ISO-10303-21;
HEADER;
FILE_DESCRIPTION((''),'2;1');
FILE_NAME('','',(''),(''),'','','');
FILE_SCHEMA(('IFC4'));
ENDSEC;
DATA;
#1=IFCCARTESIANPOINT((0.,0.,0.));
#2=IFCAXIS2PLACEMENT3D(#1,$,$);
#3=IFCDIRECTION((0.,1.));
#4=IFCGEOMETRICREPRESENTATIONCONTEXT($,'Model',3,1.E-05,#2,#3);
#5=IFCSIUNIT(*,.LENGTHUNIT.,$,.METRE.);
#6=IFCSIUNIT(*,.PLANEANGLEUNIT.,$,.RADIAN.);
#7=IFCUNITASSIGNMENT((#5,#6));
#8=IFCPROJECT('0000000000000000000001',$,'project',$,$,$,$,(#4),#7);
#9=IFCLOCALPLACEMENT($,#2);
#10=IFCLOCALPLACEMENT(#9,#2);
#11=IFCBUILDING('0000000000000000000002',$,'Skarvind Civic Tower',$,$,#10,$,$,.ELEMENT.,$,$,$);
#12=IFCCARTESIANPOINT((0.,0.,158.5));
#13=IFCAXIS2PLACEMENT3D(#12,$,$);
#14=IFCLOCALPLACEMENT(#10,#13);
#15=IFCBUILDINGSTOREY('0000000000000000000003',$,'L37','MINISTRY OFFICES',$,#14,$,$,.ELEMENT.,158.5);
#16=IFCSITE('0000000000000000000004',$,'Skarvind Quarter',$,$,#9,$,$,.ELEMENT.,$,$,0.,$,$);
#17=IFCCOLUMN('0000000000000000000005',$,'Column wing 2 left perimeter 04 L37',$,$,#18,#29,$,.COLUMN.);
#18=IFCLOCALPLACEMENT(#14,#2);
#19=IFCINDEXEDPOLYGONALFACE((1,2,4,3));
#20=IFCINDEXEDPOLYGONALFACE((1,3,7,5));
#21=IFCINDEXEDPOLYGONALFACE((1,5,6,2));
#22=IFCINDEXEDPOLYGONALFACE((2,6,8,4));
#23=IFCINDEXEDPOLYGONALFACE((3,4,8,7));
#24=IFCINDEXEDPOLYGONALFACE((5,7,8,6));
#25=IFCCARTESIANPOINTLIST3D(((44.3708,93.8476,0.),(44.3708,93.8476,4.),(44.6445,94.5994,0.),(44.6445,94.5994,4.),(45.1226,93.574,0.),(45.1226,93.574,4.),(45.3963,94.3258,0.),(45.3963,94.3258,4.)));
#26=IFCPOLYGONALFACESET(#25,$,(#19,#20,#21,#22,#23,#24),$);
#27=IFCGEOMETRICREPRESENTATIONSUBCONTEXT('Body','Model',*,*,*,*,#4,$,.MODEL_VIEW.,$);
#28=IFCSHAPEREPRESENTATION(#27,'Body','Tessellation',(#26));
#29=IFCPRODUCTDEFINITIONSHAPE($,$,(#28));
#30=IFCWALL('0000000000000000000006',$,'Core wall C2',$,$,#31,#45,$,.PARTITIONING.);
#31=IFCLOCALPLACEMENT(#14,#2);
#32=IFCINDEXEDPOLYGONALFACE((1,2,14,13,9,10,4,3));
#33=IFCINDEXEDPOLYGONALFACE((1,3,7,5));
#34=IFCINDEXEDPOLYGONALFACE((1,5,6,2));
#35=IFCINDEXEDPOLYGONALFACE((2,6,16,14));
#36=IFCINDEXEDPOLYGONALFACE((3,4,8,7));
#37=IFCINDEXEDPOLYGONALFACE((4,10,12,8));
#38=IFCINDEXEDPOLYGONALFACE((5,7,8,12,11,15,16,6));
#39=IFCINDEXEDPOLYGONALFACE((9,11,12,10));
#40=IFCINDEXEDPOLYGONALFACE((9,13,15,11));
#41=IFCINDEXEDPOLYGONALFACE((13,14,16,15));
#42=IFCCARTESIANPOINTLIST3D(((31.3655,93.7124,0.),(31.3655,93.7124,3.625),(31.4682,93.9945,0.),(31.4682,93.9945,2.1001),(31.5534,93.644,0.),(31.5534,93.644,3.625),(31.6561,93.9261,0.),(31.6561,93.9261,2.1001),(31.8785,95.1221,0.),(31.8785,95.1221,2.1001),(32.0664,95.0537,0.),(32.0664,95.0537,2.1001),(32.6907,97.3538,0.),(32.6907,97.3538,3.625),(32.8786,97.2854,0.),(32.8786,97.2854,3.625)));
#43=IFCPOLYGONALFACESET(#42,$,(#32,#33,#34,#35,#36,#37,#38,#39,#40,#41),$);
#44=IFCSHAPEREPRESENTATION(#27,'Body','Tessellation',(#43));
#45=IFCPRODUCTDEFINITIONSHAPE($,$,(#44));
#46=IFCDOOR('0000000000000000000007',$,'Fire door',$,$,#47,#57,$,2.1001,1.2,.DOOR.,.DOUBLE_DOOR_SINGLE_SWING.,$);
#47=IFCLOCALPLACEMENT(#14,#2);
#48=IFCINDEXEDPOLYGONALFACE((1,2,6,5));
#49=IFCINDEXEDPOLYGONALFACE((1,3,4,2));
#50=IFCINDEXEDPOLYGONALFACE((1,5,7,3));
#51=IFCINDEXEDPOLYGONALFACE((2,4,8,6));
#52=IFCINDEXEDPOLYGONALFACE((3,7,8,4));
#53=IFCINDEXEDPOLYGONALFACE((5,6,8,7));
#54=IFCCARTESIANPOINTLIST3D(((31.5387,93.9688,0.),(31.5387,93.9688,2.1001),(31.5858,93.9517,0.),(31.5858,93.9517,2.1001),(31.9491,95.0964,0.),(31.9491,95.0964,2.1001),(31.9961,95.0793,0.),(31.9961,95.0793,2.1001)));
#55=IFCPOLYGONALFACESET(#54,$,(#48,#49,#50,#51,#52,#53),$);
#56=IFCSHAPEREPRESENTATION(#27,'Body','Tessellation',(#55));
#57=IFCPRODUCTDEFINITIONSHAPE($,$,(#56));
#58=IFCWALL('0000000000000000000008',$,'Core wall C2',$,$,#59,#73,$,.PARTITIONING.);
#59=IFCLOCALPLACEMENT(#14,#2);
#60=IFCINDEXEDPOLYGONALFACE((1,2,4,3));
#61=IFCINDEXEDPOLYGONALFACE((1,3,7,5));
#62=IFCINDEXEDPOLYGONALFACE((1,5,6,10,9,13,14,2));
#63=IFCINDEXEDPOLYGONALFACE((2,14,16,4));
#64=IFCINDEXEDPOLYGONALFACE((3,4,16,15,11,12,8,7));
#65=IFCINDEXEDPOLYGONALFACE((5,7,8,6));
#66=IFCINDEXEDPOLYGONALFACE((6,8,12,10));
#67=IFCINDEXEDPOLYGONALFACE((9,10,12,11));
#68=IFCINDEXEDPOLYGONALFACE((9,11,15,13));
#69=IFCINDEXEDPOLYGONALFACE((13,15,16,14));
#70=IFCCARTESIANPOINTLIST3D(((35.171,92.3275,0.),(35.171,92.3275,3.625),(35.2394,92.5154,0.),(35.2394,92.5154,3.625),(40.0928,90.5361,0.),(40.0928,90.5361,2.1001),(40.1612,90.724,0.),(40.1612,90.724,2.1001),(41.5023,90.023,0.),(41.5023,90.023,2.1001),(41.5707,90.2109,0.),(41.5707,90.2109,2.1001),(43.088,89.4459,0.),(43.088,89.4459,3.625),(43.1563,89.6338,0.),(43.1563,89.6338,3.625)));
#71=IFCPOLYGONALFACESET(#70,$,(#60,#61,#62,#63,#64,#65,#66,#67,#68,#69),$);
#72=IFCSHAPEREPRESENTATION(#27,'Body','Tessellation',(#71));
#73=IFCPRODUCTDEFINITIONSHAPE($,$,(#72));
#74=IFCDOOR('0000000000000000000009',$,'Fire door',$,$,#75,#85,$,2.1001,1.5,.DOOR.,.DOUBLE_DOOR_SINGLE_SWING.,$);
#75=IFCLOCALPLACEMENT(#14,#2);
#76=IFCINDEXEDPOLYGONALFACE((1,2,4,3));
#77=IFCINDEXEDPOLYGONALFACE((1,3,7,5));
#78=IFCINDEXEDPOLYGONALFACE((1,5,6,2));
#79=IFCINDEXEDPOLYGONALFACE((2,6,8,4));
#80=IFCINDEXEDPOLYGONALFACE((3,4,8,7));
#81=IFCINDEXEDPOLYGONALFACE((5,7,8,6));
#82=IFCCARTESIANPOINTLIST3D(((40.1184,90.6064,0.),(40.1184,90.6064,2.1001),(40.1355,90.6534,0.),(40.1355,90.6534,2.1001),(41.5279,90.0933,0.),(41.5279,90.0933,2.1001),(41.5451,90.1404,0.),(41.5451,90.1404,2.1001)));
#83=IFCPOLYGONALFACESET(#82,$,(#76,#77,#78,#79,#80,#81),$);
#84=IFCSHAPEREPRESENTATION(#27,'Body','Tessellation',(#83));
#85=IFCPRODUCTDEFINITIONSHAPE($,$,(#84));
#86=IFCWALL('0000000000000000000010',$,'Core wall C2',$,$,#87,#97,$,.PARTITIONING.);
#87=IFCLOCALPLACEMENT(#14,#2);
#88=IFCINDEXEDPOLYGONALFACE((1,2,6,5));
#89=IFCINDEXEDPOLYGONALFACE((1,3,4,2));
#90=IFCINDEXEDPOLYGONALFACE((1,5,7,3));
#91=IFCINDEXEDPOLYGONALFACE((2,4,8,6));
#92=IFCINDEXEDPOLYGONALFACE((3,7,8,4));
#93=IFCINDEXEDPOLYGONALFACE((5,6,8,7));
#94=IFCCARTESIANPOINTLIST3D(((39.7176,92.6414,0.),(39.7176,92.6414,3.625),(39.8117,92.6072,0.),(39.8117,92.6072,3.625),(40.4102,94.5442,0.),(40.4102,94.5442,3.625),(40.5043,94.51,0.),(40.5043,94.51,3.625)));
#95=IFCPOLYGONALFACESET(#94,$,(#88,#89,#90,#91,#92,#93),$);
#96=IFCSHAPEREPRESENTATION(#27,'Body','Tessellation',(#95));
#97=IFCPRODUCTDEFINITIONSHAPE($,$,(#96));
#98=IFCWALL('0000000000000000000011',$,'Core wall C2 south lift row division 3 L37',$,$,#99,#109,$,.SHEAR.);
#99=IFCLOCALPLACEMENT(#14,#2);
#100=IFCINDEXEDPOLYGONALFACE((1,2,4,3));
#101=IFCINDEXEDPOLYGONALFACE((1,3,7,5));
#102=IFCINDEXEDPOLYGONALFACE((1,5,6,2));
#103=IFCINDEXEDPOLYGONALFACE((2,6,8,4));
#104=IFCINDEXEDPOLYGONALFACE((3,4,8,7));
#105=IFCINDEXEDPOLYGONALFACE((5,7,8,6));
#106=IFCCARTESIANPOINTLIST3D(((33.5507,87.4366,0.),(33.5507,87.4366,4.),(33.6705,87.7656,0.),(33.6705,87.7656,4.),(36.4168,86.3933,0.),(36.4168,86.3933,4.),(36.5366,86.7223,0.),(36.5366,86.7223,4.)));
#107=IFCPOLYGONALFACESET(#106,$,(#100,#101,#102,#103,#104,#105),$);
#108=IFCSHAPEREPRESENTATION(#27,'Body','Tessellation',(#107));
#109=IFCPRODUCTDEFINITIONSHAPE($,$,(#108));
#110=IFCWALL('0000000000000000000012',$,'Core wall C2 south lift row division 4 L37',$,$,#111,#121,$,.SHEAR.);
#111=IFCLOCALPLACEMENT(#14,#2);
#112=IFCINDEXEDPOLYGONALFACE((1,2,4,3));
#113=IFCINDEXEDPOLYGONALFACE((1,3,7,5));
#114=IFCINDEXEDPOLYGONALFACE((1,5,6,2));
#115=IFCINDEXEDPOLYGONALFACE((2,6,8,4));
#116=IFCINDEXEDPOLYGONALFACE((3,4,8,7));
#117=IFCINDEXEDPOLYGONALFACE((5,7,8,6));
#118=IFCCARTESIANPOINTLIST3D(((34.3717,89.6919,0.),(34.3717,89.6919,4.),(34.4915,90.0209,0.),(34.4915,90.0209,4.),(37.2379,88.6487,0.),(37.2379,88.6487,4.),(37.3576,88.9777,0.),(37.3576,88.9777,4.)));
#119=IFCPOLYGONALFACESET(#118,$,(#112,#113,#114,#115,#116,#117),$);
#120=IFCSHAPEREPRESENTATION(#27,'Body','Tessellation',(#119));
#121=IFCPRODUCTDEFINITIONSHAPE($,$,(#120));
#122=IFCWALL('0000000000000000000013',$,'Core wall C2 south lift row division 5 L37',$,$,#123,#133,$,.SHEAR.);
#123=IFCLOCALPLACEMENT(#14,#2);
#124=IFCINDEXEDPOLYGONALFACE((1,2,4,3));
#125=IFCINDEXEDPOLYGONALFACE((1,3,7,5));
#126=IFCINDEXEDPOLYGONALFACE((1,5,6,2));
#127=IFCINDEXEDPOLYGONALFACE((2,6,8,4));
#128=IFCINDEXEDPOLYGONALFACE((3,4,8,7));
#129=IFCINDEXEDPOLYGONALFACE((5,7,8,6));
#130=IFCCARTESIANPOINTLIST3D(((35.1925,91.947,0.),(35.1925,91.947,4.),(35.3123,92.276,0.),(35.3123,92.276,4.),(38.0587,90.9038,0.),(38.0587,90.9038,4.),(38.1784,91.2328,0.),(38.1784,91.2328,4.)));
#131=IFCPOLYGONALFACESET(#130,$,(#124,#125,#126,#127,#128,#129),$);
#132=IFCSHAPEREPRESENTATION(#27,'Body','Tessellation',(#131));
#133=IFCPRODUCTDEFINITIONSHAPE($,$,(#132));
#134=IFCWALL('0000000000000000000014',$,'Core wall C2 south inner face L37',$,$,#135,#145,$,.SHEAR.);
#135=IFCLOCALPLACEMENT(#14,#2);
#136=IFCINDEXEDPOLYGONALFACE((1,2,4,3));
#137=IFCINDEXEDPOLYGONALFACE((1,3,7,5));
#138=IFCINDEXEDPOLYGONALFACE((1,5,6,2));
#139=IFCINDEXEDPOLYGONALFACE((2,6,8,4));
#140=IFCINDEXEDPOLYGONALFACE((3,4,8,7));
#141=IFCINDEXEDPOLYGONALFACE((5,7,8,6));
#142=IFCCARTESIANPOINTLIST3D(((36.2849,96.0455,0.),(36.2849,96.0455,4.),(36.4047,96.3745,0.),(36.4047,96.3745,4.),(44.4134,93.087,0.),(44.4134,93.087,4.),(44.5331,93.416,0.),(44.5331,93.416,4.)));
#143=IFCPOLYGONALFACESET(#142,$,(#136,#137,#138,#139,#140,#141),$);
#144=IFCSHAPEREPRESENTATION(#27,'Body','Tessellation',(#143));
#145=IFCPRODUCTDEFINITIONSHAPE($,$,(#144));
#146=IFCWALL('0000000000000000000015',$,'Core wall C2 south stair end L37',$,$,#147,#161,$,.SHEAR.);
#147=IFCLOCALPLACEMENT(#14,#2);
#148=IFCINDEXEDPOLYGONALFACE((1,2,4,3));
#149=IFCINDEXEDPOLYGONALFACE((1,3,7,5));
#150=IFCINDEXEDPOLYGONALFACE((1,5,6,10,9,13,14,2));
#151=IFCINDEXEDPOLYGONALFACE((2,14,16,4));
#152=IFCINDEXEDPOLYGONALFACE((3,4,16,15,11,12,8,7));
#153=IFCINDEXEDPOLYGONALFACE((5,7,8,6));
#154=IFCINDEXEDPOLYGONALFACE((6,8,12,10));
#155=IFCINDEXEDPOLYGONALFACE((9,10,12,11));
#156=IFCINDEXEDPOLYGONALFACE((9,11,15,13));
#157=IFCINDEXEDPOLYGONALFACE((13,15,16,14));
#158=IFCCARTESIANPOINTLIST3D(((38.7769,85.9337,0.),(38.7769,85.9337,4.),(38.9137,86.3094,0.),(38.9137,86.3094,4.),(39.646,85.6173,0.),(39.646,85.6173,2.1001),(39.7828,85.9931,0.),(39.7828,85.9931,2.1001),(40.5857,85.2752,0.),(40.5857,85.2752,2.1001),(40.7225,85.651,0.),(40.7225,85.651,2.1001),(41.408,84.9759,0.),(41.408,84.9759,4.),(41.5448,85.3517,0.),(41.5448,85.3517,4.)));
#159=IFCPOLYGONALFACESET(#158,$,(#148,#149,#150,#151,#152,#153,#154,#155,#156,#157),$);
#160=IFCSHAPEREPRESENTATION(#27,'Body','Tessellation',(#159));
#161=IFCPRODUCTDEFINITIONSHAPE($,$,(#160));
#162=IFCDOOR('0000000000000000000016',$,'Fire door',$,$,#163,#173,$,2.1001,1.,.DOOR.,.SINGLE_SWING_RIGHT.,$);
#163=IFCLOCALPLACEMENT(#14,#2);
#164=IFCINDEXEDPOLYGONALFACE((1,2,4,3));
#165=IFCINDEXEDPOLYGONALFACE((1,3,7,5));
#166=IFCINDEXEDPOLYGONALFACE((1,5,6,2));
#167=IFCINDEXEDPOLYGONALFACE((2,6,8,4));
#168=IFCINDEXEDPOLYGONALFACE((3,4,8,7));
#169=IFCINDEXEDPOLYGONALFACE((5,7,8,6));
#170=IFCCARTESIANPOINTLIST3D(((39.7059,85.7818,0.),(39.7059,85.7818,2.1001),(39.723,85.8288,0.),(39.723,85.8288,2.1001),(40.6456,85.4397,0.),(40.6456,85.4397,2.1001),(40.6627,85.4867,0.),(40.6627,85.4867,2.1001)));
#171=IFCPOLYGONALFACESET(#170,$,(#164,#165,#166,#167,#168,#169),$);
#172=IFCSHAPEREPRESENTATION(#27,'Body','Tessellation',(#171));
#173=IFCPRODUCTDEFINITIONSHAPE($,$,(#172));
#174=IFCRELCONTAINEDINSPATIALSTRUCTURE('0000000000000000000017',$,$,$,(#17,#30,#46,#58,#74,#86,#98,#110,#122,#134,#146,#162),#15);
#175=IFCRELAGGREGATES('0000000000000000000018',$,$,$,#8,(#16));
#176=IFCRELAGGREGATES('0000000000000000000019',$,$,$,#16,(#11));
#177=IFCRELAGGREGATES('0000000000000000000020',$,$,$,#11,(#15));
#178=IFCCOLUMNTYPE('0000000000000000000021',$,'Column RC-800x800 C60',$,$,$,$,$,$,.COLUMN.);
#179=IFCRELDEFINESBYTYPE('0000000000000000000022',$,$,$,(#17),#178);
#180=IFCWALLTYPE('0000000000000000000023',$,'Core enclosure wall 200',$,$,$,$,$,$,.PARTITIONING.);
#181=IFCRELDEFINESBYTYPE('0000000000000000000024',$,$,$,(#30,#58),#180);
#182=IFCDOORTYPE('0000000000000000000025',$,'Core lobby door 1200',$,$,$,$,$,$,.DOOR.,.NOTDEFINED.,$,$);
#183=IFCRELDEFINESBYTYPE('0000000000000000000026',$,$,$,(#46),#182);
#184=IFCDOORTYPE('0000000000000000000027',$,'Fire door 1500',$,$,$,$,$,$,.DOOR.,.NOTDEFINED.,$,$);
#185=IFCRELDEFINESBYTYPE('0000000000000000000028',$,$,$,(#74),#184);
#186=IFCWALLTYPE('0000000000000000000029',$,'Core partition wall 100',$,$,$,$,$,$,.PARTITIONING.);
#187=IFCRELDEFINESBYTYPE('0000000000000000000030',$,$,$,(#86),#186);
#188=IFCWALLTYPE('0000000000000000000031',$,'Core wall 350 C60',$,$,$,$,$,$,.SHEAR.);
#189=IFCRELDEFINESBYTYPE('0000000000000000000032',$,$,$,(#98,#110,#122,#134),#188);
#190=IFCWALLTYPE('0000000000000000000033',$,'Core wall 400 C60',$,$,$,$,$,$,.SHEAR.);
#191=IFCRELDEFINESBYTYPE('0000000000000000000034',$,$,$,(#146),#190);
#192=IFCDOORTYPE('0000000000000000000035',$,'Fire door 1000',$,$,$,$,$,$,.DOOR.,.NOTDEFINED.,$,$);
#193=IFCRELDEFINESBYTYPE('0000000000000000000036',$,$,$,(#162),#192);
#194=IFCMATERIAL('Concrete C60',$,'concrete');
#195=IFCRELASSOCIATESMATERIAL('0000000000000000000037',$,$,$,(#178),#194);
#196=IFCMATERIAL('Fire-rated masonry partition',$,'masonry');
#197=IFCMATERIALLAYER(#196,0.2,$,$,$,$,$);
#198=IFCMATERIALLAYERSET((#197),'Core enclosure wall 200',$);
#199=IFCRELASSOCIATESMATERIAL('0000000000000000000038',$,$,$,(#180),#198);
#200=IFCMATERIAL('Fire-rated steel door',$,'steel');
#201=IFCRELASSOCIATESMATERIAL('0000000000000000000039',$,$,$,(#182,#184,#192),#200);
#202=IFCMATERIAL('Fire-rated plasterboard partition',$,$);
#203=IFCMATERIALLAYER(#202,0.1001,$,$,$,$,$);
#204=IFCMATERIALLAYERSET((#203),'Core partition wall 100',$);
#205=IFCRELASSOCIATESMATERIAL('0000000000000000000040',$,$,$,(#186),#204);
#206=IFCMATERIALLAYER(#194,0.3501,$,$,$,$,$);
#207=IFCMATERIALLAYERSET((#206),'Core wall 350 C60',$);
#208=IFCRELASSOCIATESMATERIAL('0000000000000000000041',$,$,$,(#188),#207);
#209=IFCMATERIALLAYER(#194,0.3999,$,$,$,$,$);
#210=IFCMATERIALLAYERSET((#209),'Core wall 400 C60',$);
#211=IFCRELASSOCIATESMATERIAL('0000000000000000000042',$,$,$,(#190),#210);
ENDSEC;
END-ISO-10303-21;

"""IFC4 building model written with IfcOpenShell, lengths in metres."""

from ifc_helpers import new_model, si_unit, direction, frame, frame_2d, origin, origin_2d, place, context, subcontext, project, spatial, rectangle, extrude, material, layer, layer_set, material_profile, profile_set, type_object, element, fill, save


model = new_model("IFC4")

# Units and contexts
model_context = context("Model", 3, precision=1e-05, world=origin(), true_north=direction((0.0, 1.0)))
body_context = subcontext(model_context, "Body", "Model", "MODEL_VIEW")
ifc_project = project(units=[si_unit("LENGTHUNIT", "METRE"), si_unit("PLANEANGLEUNIT", "RADIAN")], contexts=[model_context])

# Site, building, storey
site_placement = place(None, origin())
site = spatial("IfcSite", under=ifc_project, at=site_placement, Name="Skarvind Quarter", CompositionType="ELEMENT", RefElevation=0.0)
building_placement = place(site_placement, origin())
building = spatial("IfcBuilding", under=site, at=building_placement, Name="Skarvind Civic Tower", CompositionType="ELEMENT")
storey_placement = place(building_placement, frame((0.0, 0.0, 158.5)))
storey = spatial("IfcBuildingStorey", under=building, at=storey_placement, Name="L37", Description="MINISTRY OFFICES", CompositionType="ELEMENT", Elevation=158.5)

# Column
ifc_material_1 = material(Name="Concrete C60", Category="concrete")
ifc_material_profile = material_profile(ifc_material_1, rectangle(XDim=0.8, YDim=0.8, at=origin_2d()), Name="RC-800x800")
ifc_profile_set = profile_set([ifc_material_profile], Name="Concrete C60")
column_type = type_object("IfcColumnType", Name="Column RC-800x800 C60", PredefinedType="COLUMN", material=ifc_profile_set)
column_placement = place(storey_placement, frame((44.8835, 94.0867, 0.0), z_axis=(0.0, 0.0, 1.0), x_axis=(-0.34202, -0.939693, 0.0)))
element("IfcColumn", 1, at=column_placement, inside=storey, type_object=column_type, Name="Column wing 2 left perimeter 04 L37", PredefinedType="COLUMN", context=body_context, shape_type="SweptSolid", body=[
    extrude(rectangle(XDim=0.8, YDim=0.8, at=origin_2d()), origin(), (0.0, 0.0, 1.0), 4.0),
])

# Walls, openings, doors
ifc_material_2 = material(Name="Fire-rated masonry partition", Category="masonry")
ifc_layer_1 = layer(ifc_material_2, 0.2)
ifc_layer_set_1 = layer_set([ifc_layer_1], Name="Core enclosure wall 200")
wall_type_1 = type_object("IfcWallType", Name="Core enclosure wall 200", PredefinedType="PARTITIONING", material=ifc_layer_set_1)
wall_1_placement = place(storey_placement, frame((31.4595, 93.6782, 0.0), z_axis=(0.0, 0.0, 1.0), x_axis=(0.341986, 0.939705, 0.0)))
wall_1 = element("IfcWall", 2, at=wall_1_placement, inside=storey, type_object=wall_type_1, Name="Core wall C2", PredefinedType="PARTITIONING", context=body_context, shape_type="SweptSolid", body=[
    extrude(rectangle(XDim=3.875, YDim=0.2, at=frame_2d((1.9375, 0.0))), origin(), (0.0, 0.0, 1.0), 3.625),
])
opening_1_placement = place(wall_1_placement, frame((0.3, 0.0, 0.0)))
opening_1 = element("IfcOpeningElement", 3, at=opening_1_placement, cuts=wall_1, PredefinedType="OPENING", context=body_context, shape_type="SweptSolid", body=[
    extrude(rectangle(XDim=1.2, YDim=2.1001, at=frame_2d((0.6001, 1.05))), frame((0.0, 0.1099, 0.0), z_axis=(0.0, -1.0, 0.0), x_axis=(1.0, 0.0, 0.0)), (0.0, 0.0, 1.0), 0.22),
])
ifc_material_3 = material(Name="Fire-rated steel door", Category="steel")
door_type_1 = type_object("IfcDoorType", Name="Core lobby door 1200", OperationType="NOTDEFINED", PredefinedType="DOOR", material=ifc_material_3)
door_1_placement = place(opening_1_placement, origin())
door_1 = element("IfcDoor", 4, at=door_1_placement, inside=storey, type_object=door_type_1, Name="Fire door", OperationType="DOUBLE_DOOR_SINGLE_SWING", OverallHeight=2.1001, OverallWidth=1.2, PredefinedType="DOOR", context=body_context, shape_type="SweptSolid", body=[
    extrude(rectangle(XDim=1.2, YDim=2.1001, at=frame_2d((0.6001, 1.05))), frame((0.0, 0.0249, 0.0), z_axis=(0.0, -1.0, 0.0), x_axis=(1.0, 0.0, 0.0)), (0.0, 0.0, 1.0), 0.05),
])
fill(opening_1, door_1)
wall_2_placement = place(storey_placement, frame((35.2053, 92.4214, 0.0), z_axis=(0.0, 0.0, 1.0), x_axis=(0.939691, -0.342025, 0.0)))
wall_2 = element("IfcWall", 5, at=wall_2_placement, inside=storey, type_object=wall_type_1, Name="Core wall C2", PredefinedType="PARTITIONING", context=body_context, shape_type="SweptSolid", body=[
    extrude(rectangle(XDim=8.425, YDim=0.2, at=frame_2d((4.2124, 0.0))), origin(), (0.0, 0.0, 1.0), 3.625),
])
opening_2_placement = place(wall_2_placement, frame((5.2375, 0.0, 0.0)))
opening_2 = element("IfcOpeningElement", 6, at=opening_2_placement, cuts=wall_2, PredefinedType="OPENING", context=body_context, shape_type="SweptSolid", body=[
    extrude(rectangle(XDim=1.5, YDim=2.1001, at=frame_2d((0.75, 1.05))), frame((0.0, 0.1099, 0.0), z_axis=(0.0, -1.0, 0.0), x_axis=(1.0, 0.0, 0.0)), (0.0, 0.0, 1.0), 0.22),
])
door_type_2 = type_object("IfcDoorType", Name="Fire door 1500", OperationType="NOTDEFINED", PredefinedType="DOOR", material=ifc_material_3)
door_2_placement = place(opening_2_placement, origin())
door_2 = element("IfcDoor", 7, at=door_2_placement, inside=storey, type_object=door_type_2, Name="Fire door", OperationType="DOUBLE_DOOR_SINGLE_SWING", OverallHeight=2.1001, OverallWidth=1.5, PredefinedType="DOOR", context=body_context, shape_type="SweptSolid", body=[
    extrude(rectangle(XDim=1.5, YDim=2.1001, at=frame_2d((0.75, 1.05))), frame((0.0, 0.0249, 0.0), z_axis=(0.0, -1.0, 0.0), x_axis=(1.0, 0.0, 0.0)), (0.0, 0.0, 1.0), 0.05),
])
fill(opening_2, door_2)

# Walls
ifc_material_4 = material(Name="Fire-rated plasterboard partition")
ifc_layer_2 = layer(ifc_material_4, 0.1001)
ifc_layer_set_2 = layer_set([ifc_layer_2], Name="Core partition wall 100")
wall_type_2 = type_object("IfcWallType", Name="Core partition wall 100", PredefinedType="PARTITIONING", material=ifc_layer_set_2)
wall_3_placement = place(storey_placement, frame((40.4573, 94.5271, 0.0), z_axis=(0.0, 0.0, 1.0), x_axis=(-0.342043, -0.939684, 0.0)))
element("IfcWall", 8, at=wall_3_placement, inside=storey, type_object=wall_type_2, Name="Core wall C2", PredefinedType="PARTITIONING", context=body_context, shape_type="SweptSolid", body=[
    extrude(rectangle(XDim=2.0249, YDim=0.1001, at=frame_2d((1.0125, 0.0))), origin(), (0.0, 0.0, 1.0), 3.625),
])
ifc_layer_3 = layer(ifc_material_1, 0.3501)
ifc_layer_set_3 = layer_set([ifc_layer_3], Name="Core wall 350 C60")
wall_type_3 = type_object("IfcWallType", Name="Core wall 350 C60", PredefinedType="SHEAR", material=ifc_layer_set_3)
for number, where, z_axis, x_axis, name in (
    (9, (36.4766, 86.5579, 0.0), (0.0, 0.0, 1.0), (-0.939684, 0.342045, 0.0), "Core wall C2 south lift row division 3 L37"),
    (10, (37.2976, 88.8132, 0.0), (0.0, 0.0, 1.0), (-0.939693, 0.342019, 0.0), "Core wall C2 south lift row division 4 L37"),
    (11, (38.1184, 91.0684, 0.0), (0.0, 0.0, 1.0), (-0.939693, 0.342019, 0.0), "Core wall C2 south lift row division 5 L37"),
):
    element("IfcWall", number, at=place(storey_placement, frame(where, z_axis=z_axis, x_axis=x_axis)), inside=storey, type_object=wall_type_3, Name=name, PredefinedType="SHEAR", context=body_context, shape_type="SweptSolid", body=[
        extrude(rectangle(XDim=3.05, YDim=0.3501, at=frame_2d((1.5249, 0.0))), origin(), (0.0, 0.0, 1.0), 4.0),
    ])
wall_4_placement = place(storey_placement, frame((44.4734, 93.2515, 0.0), z_axis=(0.0, 0.0, 1.0), x_axis=(-0.939693, 0.34202, 0.0)))
element("IfcWall", 12, at=wall_4_placement, inside=storey, type_object=wall_type_3, Name="Core wall C2 south inner face L37", PredefinedType="SHEAR", context=body_context, shape_type="SweptSolid", body=[
    extrude(rectangle(XDim=8.6501, YDim=0.3501, at=frame_2d((4.3252, 0.0))), origin(), (0.0, 0.0, 1.0), 4.0),
])

# Wall, opening, door
ifc_layer_4 = layer(ifc_material_1, 0.3999)
ifc_layer_set_4 = layer_set([ifc_layer_4], Name="Core wall 400 C60")
wall_type_4 = type_object("IfcWallType", Name="Core wall 400 C60", PredefinedType="SHEAR", material=ifc_layer_set_4)
wall_5_placement = place(storey_placement, frame((41.4763, 85.1638, 0.0), z_axis=(0.0, 0.0, 1.0), x_axis=(-0.939679, 0.342058, 0.0)))
wall_5 = element("IfcWall", 13, at=wall_5_placement, inside=storey, type_object=wall_type_4, Name="Core wall C2 south stair end L37", PredefinedType="SHEAR", context=body_context, shape_type="SweptSolid", body=[
    extrude(rectangle(XDim=2.8, YDim=0.3999, at=frame_2d((1.3999, 0.0))), origin(), (0.0, 0.0, 1.0), 4.0),
])
opening_3_placement = place(wall_5_placement, frame((0.875, 0.0, 0.0)))
opening_3 = element("IfcOpeningElement", 14, at=opening_3_placement, cuts=wall_5, PredefinedType="OPENING", context=body_context, shape_type="SweptSolid", body=[
    extrude(rectangle(XDim=1.0, YDim=2.1001, at=frame_2d((0.5, 1.05))), frame((0.0, 0.21, 0.0), z_axis=(0.0, -1.0, 0.0), x_axis=(1.0, 0.0, 0.0)), (0.0, 0.0, 1.0), 0.4199),
])
door_type_3 = type_object("IfcDoorType", Name="Fire door 1000", OperationType="NOTDEFINED", PredefinedType="DOOR", material=ifc_material_3)
door_3_placement = place(opening_3_placement, origin())
door_3 = element("IfcDoor", 15, at=door_3_placement, inside=storey, type_object=door_type_3, Name="Fire door", OperationType="SINGLE_SWING_RIGHT", OverallHeight=2.1001, OverallWidth=1.0, PredefinedType="DOOR", context=body_context, shape_type="SweptSolid", body=[
    extrude(rectangle(XDim=1.0, YDim=2.1001, at=frame_2d((0.5, 1.05))), frame((0.0, 0.0249, 0.0), z_axis=(0.0, -1.0, 0.0), x_axis=(1.0, 0.0, 0.0)), (0.0, 0.0, 1.0), 0.05),
])
fill(opening_3, door_3)

save(model, "model.ifc")
